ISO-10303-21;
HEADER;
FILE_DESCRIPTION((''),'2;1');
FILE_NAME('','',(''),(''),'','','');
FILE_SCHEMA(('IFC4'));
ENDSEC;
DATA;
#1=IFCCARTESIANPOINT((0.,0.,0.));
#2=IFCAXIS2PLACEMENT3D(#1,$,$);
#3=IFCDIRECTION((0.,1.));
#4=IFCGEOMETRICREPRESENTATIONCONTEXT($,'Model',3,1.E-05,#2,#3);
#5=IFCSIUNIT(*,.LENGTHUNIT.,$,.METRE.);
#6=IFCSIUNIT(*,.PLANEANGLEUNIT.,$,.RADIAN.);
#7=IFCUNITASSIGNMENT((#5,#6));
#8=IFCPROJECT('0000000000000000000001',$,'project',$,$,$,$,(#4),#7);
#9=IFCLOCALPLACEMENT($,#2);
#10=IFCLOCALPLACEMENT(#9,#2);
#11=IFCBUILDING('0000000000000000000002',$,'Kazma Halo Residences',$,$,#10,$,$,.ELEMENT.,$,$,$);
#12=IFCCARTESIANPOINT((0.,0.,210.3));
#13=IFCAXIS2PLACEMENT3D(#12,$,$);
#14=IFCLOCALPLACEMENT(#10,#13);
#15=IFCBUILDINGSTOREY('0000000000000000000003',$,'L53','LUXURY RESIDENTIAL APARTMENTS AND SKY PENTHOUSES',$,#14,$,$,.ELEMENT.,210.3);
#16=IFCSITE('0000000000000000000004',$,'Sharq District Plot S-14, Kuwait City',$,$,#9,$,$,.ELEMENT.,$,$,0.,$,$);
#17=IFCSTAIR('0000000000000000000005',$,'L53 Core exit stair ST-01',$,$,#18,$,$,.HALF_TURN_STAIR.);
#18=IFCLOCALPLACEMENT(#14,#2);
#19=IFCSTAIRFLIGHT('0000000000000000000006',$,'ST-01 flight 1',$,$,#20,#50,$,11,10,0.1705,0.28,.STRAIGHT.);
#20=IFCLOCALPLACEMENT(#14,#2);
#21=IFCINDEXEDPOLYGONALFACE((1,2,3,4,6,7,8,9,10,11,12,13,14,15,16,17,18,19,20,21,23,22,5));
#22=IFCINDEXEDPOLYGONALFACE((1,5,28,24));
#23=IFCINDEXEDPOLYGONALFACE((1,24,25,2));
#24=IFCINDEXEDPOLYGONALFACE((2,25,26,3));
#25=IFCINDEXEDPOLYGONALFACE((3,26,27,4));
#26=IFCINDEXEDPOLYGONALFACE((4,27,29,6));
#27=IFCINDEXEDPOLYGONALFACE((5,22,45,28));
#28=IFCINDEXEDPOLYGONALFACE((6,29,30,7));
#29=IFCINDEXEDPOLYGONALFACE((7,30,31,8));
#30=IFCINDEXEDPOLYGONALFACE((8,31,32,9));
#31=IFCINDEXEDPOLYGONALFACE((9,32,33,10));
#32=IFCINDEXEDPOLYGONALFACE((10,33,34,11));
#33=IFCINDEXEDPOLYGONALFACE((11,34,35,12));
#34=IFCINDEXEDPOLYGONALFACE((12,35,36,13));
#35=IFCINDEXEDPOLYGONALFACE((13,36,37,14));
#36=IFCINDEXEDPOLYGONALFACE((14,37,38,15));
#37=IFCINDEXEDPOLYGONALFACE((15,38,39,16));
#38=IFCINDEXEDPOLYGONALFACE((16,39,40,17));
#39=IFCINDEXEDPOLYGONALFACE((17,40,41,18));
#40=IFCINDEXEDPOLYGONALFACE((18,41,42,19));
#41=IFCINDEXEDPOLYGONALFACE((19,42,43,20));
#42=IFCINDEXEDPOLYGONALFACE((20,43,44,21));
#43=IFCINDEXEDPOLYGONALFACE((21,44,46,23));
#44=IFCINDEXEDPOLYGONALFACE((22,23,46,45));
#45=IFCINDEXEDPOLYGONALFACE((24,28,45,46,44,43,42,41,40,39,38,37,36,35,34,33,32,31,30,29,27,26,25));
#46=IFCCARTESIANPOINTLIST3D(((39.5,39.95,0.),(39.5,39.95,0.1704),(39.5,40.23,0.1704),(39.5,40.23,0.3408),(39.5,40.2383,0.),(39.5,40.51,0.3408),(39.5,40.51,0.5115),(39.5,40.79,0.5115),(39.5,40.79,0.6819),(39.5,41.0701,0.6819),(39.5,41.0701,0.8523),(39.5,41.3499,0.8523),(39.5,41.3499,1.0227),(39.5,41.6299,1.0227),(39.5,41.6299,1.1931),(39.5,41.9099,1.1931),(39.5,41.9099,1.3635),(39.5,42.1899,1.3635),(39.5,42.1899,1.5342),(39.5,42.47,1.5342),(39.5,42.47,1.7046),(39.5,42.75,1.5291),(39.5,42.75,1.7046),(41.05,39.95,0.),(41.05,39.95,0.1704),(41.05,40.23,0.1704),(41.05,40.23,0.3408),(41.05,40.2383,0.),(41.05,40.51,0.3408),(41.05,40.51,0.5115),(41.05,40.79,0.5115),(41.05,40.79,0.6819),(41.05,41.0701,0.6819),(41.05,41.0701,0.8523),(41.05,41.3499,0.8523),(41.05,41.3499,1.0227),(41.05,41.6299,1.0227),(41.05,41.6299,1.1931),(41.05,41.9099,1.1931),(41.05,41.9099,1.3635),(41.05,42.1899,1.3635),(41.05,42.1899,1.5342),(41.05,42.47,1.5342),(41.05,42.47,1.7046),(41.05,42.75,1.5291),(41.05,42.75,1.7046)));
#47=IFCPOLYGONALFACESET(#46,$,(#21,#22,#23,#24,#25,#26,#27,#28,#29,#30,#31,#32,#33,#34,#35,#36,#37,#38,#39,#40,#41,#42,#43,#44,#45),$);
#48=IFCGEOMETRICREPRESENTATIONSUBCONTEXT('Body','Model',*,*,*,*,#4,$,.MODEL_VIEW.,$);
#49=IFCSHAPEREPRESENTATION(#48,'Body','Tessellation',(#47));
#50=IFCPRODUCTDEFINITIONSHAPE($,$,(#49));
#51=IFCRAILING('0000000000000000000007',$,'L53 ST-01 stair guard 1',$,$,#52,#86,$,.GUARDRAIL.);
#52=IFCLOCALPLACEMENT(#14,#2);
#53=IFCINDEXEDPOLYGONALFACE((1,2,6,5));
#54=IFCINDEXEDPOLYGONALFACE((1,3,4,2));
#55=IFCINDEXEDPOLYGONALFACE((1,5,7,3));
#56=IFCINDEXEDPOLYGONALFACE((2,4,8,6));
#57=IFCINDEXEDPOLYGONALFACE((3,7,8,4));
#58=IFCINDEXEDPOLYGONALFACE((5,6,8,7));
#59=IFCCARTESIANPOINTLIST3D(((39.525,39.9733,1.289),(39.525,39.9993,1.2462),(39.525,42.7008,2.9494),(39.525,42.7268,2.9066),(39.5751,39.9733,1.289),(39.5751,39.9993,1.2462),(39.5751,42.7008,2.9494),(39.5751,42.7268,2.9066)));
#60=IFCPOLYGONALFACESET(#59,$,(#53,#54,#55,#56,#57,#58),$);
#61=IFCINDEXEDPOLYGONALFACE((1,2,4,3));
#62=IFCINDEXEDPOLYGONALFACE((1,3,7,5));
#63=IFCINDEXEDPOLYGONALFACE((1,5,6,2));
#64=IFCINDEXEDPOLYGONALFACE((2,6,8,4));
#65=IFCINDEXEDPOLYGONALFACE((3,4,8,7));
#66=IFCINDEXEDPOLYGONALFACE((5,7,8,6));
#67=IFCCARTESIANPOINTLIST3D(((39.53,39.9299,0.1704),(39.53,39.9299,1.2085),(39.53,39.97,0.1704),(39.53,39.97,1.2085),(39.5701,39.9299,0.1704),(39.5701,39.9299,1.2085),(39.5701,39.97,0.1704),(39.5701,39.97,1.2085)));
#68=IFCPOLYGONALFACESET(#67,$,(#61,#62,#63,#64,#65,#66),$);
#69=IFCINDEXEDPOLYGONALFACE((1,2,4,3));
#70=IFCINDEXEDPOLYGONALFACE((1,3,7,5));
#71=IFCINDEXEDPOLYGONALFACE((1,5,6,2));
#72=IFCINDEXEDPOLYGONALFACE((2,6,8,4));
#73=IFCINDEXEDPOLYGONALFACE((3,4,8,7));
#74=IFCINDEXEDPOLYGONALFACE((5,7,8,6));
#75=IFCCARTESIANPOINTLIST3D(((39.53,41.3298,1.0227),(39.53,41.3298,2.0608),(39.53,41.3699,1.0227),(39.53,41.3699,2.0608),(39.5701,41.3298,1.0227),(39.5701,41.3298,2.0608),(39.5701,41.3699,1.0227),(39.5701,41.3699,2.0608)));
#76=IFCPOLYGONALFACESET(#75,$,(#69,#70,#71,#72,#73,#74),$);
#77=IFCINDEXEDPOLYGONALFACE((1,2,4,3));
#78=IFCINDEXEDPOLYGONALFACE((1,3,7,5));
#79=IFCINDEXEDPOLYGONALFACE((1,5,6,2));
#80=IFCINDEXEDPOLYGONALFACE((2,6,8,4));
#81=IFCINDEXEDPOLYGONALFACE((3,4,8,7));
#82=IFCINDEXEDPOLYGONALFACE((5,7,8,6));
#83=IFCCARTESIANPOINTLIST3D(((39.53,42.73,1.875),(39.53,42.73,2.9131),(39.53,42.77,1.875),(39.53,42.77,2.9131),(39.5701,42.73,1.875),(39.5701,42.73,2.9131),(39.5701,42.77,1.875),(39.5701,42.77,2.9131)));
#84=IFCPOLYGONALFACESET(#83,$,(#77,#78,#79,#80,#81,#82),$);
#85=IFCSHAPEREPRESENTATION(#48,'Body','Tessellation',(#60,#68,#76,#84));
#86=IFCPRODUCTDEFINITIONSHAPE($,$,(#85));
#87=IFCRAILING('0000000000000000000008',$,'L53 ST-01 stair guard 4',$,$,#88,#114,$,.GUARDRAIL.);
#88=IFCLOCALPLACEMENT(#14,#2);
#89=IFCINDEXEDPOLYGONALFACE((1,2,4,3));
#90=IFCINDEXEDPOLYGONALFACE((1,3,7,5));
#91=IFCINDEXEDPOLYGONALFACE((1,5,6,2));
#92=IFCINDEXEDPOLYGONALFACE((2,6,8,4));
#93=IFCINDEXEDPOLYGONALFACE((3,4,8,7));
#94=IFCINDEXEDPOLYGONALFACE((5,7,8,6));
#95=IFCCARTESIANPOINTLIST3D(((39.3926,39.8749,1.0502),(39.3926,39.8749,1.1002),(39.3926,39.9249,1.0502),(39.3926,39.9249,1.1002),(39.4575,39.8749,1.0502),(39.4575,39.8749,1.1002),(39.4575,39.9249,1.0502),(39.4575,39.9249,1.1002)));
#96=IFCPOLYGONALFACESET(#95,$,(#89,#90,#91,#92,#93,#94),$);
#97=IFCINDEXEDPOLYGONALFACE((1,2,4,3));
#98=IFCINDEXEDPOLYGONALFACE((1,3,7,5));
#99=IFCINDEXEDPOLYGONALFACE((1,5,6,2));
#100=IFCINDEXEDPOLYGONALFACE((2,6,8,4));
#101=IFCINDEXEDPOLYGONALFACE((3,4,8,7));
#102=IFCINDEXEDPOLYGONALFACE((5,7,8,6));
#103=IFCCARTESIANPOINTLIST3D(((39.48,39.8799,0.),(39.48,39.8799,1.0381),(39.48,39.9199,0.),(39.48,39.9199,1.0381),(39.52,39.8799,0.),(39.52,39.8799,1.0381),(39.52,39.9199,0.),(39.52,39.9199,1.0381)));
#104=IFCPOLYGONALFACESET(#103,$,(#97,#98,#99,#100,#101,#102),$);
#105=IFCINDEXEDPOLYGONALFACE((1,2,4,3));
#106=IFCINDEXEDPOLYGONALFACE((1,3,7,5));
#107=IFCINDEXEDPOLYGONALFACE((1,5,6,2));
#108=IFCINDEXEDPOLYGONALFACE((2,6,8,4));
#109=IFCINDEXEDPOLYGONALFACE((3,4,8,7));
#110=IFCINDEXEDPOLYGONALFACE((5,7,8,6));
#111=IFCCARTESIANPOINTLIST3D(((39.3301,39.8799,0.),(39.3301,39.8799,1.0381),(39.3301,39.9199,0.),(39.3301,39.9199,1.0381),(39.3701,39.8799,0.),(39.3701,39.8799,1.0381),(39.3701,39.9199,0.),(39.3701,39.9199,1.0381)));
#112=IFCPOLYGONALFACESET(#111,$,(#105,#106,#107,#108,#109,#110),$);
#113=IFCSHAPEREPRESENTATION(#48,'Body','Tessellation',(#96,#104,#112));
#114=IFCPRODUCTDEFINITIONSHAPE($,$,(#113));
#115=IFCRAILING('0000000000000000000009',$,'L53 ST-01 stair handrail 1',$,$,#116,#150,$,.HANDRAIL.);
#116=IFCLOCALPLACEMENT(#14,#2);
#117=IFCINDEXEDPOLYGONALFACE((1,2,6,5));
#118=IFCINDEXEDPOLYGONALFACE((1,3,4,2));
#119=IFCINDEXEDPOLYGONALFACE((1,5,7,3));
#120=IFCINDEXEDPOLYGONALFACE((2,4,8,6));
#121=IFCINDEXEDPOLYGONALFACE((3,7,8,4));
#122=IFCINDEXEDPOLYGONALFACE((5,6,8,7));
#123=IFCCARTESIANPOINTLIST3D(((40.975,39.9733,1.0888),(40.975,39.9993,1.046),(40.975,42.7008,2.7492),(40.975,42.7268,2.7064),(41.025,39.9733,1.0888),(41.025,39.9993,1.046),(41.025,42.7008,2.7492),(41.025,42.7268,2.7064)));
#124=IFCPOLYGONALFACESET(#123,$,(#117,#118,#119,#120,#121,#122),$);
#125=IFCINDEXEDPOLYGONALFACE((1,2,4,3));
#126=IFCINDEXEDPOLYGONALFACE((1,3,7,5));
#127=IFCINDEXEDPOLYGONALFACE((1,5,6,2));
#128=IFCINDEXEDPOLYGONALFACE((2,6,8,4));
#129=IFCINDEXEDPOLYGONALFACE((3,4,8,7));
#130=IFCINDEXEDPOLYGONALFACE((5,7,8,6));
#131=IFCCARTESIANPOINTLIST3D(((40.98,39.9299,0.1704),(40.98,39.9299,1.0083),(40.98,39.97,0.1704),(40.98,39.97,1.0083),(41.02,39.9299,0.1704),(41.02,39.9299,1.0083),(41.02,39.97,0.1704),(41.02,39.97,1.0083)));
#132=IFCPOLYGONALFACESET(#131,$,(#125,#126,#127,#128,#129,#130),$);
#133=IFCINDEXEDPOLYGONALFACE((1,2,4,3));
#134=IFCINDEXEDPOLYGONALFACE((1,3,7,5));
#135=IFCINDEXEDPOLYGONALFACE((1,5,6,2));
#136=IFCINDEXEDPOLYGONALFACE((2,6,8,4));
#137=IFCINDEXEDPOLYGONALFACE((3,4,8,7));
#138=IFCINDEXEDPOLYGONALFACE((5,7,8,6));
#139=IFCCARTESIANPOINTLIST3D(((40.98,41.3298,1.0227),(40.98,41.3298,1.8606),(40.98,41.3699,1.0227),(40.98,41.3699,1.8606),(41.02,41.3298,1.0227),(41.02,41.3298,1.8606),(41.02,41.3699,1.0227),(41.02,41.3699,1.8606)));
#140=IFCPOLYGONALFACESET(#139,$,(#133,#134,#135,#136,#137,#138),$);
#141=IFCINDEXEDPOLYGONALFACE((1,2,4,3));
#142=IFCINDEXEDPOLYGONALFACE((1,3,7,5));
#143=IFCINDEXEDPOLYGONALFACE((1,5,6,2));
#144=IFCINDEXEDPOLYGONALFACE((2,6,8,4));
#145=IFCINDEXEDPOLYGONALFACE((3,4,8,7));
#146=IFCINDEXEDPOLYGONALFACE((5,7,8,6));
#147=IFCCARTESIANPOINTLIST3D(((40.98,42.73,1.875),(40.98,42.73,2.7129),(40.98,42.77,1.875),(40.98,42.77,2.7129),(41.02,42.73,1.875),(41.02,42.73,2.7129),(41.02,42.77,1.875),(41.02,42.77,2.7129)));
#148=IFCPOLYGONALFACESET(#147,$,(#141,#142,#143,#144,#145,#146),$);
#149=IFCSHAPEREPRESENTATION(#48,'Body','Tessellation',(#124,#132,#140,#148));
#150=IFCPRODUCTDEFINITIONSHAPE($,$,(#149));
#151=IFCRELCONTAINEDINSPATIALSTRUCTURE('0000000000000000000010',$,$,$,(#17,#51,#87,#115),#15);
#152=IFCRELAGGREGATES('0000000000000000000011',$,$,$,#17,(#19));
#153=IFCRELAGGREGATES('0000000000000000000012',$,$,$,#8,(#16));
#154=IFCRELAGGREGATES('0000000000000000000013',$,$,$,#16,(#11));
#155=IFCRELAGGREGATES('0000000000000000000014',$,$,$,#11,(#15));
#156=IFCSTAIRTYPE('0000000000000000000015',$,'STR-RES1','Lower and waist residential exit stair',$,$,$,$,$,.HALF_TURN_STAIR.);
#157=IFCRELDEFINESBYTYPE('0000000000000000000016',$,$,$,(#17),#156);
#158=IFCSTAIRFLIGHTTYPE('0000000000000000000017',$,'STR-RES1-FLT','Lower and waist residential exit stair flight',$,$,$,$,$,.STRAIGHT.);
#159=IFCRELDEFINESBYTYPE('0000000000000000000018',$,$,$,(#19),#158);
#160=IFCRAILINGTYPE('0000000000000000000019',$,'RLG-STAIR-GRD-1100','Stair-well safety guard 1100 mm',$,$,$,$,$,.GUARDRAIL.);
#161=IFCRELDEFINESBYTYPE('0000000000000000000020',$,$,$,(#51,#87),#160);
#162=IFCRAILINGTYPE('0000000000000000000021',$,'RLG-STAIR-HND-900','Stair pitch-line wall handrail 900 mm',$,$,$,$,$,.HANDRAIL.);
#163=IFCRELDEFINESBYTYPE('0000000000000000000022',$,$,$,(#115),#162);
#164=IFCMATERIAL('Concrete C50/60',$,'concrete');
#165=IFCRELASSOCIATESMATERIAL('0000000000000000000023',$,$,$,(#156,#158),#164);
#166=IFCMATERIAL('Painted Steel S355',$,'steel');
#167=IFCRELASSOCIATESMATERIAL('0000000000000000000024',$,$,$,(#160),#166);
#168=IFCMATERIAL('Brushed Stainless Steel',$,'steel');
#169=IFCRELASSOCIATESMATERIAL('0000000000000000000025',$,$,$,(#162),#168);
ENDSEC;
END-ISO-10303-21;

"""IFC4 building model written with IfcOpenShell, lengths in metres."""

from ifc_helpers import new_model, si_unit, direction, frame, origin, origin_2d, place, context, subcontext, project, spatial, polyline, rectangle, outline, extrude, material, type_object, element, aggregate, save


model = new_model("IFC4")

# Units and contexts
model_context = context("Model", 3, precision=1e-05, world=origin(), true_north=direction((0.0, 1.0)))
body_context = subcontext(model_context, "Body", "Model", "MODEL_VIEW")
ifc_project = project(units=[si_unit("LENGTHUNIT", "METRE"), si_unit("PLANEANGLEUNIT", "RADIAN")], contexts=[model_context])

# Site, building, storey
site_placement = place(None, origin())
site = spatial("IfcSite", under=ifc_project, at=site_placement, Name="Sharq District Plot S-14, Kuwait City", CompositionType="ELEMENT", RefElevation=0.0)
building_placement = place(site_placement, origin())
building = spatial("IfcBuilding", under=site, at=building_placement, Name="Kazma Halo Residences", CompositionType="ELEMENT")
storey_placement = place(building_placement, frame((0.0, 0.0, 210.3)))
storey = spatial("IfcBuildingStorey", under=building, at=storey_placement, Name="L53", Description="LUXURY RESIDENTIAL APARTMENTS AND SKY PENTHOUSES", CompositionType="ELEMENT", Elevation=210.3)

# Shared definitions
ifc_material_1 = material(Name="Concrete C50/60", Category="concrete")

# Stair, stair flight
stair_type = type_object("IfcStairType", Name="STR-RES1", Description="Lower and waist residential exit stair", PredefinedType="HALF_TURN_STAIR", material=ifc_material_1)
stair_placement = place(storey_placement, origin())
stair = element("IfcStair", 1, at=stair_placement, inside=storey, type_object=stair_type, Name="L53 Core exit stair ST-01", PredefinedType="HALF_TURN_STAIR")
stair_flight_type = type_object("IfcStairFlightType", Name="STR-RES1-FLT", Description="Lower and waist residential exit stair flight", PredefinedType="STRAIGHT", material=ifc_material_1)
stair_flight_placement = place(storey_placement, frame((40.2749, 39.95, 0.0), z_axis=(0.0, 0.0, 1.0), x_axis=(0.0, 1.0, 0.0)))
stair_flight = element("IfcStairFlight", 2, at=stair_flight_placement, type_object=stair_flight_type, Name="ST-01 flight 1", NumberOfRisers=11, NumberOfTreads=10, PredefinedType="STRAIGHT", RiserHeight=0.1705, TreadLength=0.28, context=body_context, shape_type="SweptSolid", body=[
    extrude(outline(polyline([(0.0, 0.0), (0.0, 0.1704), (0.28, 0.1704), (0.28, 0.3408), (0.5601, 0.3408), (0.5601, 0.5115), (0.8401, 0.5115), (0.8401, 0.6819), (1.1201, 0.6819), (1.1201, 0.8523), (1.3999, 0.8523), (1.3999, 1.0227), (1.6799, 1.0227), (1.6799, 1.1931), (1.96, 1.1931), (1.96, 1.3635), (2.24, 1.3635), (2.24, 1.5342), (2.52, 1.5342), (2.52, 1.7046), (2.8, 1.7046), (2.8, 1.875), (2.8, 1.5291), (0.2883, 0.0), (0.0, 0.0)])), frame((0.0, 0.7749, 0.0), z_axis=(0.0, -1.0, 0.0), x_axis=(1.0, 0.0, 0.0)), (0.0, 0.0, 1.0), 1.55),
])
aggregate(stair, [stair_flight])

# Railings
ifc_material_2 = material(Name="Painted Steel S355", Category="steel")
railing_type_1 = type_object("IfcRailingType", Name="RLG-STAIR-GRD-1100", Description="Stair-well safety guard 1100 mm", PredefinedType="GUARDRAIL", material=ifc_material_2)
railing_1_placement = place(storey_placement, frame((39.55, 39.95, 0.1704)))
element("IfcRailing", 3, at=railing_1_placement, inside=storey, type_object=railing_type_1, Name="L53 ST-01 stair guard 1", PredefinedType="GUARDRAIL", context=body_context, shape_type="SweptSolid", body=[
    extrude(rectangle(XDim=0.05, YDim=0.05, at=origin_2d()), frame((0.0, 0.0364, 1.0972), z_axis=(0.0, 0.85417, 0.519994), x_axis=(-1.0, 0.0, 0.0)), (0.0, 0.0, 1.0), 3.1931),
    extrude(rectangle(XDim=0.04, YDim=0.04, at=origin_2d()), origin(), (0.0, 0.0, 1.0), 1.0381),
    extrude(rectangle(XDim=0.04, YDim=0.04, at=origin_2d()), frame((0.0, 1.3999, 0.8523)), (0.0, 0.0, 1.0), 1.0381),
    extrude(rectangle(XDim=0.04, YDim=0.04, at=origin_2d()), frame((0.0, 2.8, 1.7046)), (0.0, 0.0, 1.0), 1.0381),
])
railing_2_placement = place(storey_placement, frame((39.5, 39.8999, 0.0)))
element("IfcRailing", 4, at=railing_2_placement, inside=storey, type_object=railing_type_1, Name="L53 ST-01 stair guard 4", PredefinedType="GUARDRAIL", context=body_context, shape_type="SweptSolid", body=[
    extrude(rectangle(XDim=0.05, YDim=0.05, at=origin_2d()), frame((-0.0425, 0.0, 1.0752), z_axis=(-1.0, 0.0, 0.0), x_axis=(0.0, -1.0, 0.0)), (0.0, 0.0, 1.0), 0.0649),
    extrude(rectangle(XDim=0.04, YDim=0.04, at=origin_2d()), origin(), (0.0, 0.0, 1.0), 1.0381),
    extrude(rectangle(XDim=0.04, YDim=0.04, at=origin_2d()), frame((-0.1499, 0.0, 0.0)), (0.0, 0.0, 1.0), 1.0381),
])
ifc_material_3 = material(Name="Brushed Stainless Steel", Category="steel")
railing_type_2 = type_object("IfcRailingType", Name="RLG-STAIR-HND-900", Description="Stair pitch-line wall handrail 900 mm", PredefinedType="HANDRAIL", material=ifc_material_3)
railing_3_placement = place(storey_placement, frame((41.0, 39.95, 0.1704)))
element("IfcRailing", 5, at=railing_3_placement, inside=storey, type_object=railing_type_2, Name="L53 ST-01 stair handrail 1", PredefinedType="HANDRAIL", context=body_context, shape_type="SweptSolid", body=[
    extrude(rectangle(XDim=0.05, YDim=0.05, at=origin_2d()), frame((0.0, 0.0364, 0.897), z_axis=(0.0, 0.85417, 0.519994), x_axis=(-1.0, 0.0, 0.0)), (0.0, 0.0, 1.0), 3.1931),
    extrude(rectangle(XDim=0.04, YDim=0.04, at=origin_2d()), origin(), (0.0, 0.0, 1.0), 0.8379),
    extrude(rectangle(XDim=0.04, YDim=0.04, at=origin_2d()), frame((0.0, 1.3999, 0.8523)), (0.0, 0.0, 1.0), 0.8379),
    extrude(rectangle(XDim=0.04, YDim=0.04, at=origin_2d()), frame((0.0, 2.8, 1.7046)), (0.0, 0.0, 1.0), 0.8379),
])

save(model, "model.ifc")
